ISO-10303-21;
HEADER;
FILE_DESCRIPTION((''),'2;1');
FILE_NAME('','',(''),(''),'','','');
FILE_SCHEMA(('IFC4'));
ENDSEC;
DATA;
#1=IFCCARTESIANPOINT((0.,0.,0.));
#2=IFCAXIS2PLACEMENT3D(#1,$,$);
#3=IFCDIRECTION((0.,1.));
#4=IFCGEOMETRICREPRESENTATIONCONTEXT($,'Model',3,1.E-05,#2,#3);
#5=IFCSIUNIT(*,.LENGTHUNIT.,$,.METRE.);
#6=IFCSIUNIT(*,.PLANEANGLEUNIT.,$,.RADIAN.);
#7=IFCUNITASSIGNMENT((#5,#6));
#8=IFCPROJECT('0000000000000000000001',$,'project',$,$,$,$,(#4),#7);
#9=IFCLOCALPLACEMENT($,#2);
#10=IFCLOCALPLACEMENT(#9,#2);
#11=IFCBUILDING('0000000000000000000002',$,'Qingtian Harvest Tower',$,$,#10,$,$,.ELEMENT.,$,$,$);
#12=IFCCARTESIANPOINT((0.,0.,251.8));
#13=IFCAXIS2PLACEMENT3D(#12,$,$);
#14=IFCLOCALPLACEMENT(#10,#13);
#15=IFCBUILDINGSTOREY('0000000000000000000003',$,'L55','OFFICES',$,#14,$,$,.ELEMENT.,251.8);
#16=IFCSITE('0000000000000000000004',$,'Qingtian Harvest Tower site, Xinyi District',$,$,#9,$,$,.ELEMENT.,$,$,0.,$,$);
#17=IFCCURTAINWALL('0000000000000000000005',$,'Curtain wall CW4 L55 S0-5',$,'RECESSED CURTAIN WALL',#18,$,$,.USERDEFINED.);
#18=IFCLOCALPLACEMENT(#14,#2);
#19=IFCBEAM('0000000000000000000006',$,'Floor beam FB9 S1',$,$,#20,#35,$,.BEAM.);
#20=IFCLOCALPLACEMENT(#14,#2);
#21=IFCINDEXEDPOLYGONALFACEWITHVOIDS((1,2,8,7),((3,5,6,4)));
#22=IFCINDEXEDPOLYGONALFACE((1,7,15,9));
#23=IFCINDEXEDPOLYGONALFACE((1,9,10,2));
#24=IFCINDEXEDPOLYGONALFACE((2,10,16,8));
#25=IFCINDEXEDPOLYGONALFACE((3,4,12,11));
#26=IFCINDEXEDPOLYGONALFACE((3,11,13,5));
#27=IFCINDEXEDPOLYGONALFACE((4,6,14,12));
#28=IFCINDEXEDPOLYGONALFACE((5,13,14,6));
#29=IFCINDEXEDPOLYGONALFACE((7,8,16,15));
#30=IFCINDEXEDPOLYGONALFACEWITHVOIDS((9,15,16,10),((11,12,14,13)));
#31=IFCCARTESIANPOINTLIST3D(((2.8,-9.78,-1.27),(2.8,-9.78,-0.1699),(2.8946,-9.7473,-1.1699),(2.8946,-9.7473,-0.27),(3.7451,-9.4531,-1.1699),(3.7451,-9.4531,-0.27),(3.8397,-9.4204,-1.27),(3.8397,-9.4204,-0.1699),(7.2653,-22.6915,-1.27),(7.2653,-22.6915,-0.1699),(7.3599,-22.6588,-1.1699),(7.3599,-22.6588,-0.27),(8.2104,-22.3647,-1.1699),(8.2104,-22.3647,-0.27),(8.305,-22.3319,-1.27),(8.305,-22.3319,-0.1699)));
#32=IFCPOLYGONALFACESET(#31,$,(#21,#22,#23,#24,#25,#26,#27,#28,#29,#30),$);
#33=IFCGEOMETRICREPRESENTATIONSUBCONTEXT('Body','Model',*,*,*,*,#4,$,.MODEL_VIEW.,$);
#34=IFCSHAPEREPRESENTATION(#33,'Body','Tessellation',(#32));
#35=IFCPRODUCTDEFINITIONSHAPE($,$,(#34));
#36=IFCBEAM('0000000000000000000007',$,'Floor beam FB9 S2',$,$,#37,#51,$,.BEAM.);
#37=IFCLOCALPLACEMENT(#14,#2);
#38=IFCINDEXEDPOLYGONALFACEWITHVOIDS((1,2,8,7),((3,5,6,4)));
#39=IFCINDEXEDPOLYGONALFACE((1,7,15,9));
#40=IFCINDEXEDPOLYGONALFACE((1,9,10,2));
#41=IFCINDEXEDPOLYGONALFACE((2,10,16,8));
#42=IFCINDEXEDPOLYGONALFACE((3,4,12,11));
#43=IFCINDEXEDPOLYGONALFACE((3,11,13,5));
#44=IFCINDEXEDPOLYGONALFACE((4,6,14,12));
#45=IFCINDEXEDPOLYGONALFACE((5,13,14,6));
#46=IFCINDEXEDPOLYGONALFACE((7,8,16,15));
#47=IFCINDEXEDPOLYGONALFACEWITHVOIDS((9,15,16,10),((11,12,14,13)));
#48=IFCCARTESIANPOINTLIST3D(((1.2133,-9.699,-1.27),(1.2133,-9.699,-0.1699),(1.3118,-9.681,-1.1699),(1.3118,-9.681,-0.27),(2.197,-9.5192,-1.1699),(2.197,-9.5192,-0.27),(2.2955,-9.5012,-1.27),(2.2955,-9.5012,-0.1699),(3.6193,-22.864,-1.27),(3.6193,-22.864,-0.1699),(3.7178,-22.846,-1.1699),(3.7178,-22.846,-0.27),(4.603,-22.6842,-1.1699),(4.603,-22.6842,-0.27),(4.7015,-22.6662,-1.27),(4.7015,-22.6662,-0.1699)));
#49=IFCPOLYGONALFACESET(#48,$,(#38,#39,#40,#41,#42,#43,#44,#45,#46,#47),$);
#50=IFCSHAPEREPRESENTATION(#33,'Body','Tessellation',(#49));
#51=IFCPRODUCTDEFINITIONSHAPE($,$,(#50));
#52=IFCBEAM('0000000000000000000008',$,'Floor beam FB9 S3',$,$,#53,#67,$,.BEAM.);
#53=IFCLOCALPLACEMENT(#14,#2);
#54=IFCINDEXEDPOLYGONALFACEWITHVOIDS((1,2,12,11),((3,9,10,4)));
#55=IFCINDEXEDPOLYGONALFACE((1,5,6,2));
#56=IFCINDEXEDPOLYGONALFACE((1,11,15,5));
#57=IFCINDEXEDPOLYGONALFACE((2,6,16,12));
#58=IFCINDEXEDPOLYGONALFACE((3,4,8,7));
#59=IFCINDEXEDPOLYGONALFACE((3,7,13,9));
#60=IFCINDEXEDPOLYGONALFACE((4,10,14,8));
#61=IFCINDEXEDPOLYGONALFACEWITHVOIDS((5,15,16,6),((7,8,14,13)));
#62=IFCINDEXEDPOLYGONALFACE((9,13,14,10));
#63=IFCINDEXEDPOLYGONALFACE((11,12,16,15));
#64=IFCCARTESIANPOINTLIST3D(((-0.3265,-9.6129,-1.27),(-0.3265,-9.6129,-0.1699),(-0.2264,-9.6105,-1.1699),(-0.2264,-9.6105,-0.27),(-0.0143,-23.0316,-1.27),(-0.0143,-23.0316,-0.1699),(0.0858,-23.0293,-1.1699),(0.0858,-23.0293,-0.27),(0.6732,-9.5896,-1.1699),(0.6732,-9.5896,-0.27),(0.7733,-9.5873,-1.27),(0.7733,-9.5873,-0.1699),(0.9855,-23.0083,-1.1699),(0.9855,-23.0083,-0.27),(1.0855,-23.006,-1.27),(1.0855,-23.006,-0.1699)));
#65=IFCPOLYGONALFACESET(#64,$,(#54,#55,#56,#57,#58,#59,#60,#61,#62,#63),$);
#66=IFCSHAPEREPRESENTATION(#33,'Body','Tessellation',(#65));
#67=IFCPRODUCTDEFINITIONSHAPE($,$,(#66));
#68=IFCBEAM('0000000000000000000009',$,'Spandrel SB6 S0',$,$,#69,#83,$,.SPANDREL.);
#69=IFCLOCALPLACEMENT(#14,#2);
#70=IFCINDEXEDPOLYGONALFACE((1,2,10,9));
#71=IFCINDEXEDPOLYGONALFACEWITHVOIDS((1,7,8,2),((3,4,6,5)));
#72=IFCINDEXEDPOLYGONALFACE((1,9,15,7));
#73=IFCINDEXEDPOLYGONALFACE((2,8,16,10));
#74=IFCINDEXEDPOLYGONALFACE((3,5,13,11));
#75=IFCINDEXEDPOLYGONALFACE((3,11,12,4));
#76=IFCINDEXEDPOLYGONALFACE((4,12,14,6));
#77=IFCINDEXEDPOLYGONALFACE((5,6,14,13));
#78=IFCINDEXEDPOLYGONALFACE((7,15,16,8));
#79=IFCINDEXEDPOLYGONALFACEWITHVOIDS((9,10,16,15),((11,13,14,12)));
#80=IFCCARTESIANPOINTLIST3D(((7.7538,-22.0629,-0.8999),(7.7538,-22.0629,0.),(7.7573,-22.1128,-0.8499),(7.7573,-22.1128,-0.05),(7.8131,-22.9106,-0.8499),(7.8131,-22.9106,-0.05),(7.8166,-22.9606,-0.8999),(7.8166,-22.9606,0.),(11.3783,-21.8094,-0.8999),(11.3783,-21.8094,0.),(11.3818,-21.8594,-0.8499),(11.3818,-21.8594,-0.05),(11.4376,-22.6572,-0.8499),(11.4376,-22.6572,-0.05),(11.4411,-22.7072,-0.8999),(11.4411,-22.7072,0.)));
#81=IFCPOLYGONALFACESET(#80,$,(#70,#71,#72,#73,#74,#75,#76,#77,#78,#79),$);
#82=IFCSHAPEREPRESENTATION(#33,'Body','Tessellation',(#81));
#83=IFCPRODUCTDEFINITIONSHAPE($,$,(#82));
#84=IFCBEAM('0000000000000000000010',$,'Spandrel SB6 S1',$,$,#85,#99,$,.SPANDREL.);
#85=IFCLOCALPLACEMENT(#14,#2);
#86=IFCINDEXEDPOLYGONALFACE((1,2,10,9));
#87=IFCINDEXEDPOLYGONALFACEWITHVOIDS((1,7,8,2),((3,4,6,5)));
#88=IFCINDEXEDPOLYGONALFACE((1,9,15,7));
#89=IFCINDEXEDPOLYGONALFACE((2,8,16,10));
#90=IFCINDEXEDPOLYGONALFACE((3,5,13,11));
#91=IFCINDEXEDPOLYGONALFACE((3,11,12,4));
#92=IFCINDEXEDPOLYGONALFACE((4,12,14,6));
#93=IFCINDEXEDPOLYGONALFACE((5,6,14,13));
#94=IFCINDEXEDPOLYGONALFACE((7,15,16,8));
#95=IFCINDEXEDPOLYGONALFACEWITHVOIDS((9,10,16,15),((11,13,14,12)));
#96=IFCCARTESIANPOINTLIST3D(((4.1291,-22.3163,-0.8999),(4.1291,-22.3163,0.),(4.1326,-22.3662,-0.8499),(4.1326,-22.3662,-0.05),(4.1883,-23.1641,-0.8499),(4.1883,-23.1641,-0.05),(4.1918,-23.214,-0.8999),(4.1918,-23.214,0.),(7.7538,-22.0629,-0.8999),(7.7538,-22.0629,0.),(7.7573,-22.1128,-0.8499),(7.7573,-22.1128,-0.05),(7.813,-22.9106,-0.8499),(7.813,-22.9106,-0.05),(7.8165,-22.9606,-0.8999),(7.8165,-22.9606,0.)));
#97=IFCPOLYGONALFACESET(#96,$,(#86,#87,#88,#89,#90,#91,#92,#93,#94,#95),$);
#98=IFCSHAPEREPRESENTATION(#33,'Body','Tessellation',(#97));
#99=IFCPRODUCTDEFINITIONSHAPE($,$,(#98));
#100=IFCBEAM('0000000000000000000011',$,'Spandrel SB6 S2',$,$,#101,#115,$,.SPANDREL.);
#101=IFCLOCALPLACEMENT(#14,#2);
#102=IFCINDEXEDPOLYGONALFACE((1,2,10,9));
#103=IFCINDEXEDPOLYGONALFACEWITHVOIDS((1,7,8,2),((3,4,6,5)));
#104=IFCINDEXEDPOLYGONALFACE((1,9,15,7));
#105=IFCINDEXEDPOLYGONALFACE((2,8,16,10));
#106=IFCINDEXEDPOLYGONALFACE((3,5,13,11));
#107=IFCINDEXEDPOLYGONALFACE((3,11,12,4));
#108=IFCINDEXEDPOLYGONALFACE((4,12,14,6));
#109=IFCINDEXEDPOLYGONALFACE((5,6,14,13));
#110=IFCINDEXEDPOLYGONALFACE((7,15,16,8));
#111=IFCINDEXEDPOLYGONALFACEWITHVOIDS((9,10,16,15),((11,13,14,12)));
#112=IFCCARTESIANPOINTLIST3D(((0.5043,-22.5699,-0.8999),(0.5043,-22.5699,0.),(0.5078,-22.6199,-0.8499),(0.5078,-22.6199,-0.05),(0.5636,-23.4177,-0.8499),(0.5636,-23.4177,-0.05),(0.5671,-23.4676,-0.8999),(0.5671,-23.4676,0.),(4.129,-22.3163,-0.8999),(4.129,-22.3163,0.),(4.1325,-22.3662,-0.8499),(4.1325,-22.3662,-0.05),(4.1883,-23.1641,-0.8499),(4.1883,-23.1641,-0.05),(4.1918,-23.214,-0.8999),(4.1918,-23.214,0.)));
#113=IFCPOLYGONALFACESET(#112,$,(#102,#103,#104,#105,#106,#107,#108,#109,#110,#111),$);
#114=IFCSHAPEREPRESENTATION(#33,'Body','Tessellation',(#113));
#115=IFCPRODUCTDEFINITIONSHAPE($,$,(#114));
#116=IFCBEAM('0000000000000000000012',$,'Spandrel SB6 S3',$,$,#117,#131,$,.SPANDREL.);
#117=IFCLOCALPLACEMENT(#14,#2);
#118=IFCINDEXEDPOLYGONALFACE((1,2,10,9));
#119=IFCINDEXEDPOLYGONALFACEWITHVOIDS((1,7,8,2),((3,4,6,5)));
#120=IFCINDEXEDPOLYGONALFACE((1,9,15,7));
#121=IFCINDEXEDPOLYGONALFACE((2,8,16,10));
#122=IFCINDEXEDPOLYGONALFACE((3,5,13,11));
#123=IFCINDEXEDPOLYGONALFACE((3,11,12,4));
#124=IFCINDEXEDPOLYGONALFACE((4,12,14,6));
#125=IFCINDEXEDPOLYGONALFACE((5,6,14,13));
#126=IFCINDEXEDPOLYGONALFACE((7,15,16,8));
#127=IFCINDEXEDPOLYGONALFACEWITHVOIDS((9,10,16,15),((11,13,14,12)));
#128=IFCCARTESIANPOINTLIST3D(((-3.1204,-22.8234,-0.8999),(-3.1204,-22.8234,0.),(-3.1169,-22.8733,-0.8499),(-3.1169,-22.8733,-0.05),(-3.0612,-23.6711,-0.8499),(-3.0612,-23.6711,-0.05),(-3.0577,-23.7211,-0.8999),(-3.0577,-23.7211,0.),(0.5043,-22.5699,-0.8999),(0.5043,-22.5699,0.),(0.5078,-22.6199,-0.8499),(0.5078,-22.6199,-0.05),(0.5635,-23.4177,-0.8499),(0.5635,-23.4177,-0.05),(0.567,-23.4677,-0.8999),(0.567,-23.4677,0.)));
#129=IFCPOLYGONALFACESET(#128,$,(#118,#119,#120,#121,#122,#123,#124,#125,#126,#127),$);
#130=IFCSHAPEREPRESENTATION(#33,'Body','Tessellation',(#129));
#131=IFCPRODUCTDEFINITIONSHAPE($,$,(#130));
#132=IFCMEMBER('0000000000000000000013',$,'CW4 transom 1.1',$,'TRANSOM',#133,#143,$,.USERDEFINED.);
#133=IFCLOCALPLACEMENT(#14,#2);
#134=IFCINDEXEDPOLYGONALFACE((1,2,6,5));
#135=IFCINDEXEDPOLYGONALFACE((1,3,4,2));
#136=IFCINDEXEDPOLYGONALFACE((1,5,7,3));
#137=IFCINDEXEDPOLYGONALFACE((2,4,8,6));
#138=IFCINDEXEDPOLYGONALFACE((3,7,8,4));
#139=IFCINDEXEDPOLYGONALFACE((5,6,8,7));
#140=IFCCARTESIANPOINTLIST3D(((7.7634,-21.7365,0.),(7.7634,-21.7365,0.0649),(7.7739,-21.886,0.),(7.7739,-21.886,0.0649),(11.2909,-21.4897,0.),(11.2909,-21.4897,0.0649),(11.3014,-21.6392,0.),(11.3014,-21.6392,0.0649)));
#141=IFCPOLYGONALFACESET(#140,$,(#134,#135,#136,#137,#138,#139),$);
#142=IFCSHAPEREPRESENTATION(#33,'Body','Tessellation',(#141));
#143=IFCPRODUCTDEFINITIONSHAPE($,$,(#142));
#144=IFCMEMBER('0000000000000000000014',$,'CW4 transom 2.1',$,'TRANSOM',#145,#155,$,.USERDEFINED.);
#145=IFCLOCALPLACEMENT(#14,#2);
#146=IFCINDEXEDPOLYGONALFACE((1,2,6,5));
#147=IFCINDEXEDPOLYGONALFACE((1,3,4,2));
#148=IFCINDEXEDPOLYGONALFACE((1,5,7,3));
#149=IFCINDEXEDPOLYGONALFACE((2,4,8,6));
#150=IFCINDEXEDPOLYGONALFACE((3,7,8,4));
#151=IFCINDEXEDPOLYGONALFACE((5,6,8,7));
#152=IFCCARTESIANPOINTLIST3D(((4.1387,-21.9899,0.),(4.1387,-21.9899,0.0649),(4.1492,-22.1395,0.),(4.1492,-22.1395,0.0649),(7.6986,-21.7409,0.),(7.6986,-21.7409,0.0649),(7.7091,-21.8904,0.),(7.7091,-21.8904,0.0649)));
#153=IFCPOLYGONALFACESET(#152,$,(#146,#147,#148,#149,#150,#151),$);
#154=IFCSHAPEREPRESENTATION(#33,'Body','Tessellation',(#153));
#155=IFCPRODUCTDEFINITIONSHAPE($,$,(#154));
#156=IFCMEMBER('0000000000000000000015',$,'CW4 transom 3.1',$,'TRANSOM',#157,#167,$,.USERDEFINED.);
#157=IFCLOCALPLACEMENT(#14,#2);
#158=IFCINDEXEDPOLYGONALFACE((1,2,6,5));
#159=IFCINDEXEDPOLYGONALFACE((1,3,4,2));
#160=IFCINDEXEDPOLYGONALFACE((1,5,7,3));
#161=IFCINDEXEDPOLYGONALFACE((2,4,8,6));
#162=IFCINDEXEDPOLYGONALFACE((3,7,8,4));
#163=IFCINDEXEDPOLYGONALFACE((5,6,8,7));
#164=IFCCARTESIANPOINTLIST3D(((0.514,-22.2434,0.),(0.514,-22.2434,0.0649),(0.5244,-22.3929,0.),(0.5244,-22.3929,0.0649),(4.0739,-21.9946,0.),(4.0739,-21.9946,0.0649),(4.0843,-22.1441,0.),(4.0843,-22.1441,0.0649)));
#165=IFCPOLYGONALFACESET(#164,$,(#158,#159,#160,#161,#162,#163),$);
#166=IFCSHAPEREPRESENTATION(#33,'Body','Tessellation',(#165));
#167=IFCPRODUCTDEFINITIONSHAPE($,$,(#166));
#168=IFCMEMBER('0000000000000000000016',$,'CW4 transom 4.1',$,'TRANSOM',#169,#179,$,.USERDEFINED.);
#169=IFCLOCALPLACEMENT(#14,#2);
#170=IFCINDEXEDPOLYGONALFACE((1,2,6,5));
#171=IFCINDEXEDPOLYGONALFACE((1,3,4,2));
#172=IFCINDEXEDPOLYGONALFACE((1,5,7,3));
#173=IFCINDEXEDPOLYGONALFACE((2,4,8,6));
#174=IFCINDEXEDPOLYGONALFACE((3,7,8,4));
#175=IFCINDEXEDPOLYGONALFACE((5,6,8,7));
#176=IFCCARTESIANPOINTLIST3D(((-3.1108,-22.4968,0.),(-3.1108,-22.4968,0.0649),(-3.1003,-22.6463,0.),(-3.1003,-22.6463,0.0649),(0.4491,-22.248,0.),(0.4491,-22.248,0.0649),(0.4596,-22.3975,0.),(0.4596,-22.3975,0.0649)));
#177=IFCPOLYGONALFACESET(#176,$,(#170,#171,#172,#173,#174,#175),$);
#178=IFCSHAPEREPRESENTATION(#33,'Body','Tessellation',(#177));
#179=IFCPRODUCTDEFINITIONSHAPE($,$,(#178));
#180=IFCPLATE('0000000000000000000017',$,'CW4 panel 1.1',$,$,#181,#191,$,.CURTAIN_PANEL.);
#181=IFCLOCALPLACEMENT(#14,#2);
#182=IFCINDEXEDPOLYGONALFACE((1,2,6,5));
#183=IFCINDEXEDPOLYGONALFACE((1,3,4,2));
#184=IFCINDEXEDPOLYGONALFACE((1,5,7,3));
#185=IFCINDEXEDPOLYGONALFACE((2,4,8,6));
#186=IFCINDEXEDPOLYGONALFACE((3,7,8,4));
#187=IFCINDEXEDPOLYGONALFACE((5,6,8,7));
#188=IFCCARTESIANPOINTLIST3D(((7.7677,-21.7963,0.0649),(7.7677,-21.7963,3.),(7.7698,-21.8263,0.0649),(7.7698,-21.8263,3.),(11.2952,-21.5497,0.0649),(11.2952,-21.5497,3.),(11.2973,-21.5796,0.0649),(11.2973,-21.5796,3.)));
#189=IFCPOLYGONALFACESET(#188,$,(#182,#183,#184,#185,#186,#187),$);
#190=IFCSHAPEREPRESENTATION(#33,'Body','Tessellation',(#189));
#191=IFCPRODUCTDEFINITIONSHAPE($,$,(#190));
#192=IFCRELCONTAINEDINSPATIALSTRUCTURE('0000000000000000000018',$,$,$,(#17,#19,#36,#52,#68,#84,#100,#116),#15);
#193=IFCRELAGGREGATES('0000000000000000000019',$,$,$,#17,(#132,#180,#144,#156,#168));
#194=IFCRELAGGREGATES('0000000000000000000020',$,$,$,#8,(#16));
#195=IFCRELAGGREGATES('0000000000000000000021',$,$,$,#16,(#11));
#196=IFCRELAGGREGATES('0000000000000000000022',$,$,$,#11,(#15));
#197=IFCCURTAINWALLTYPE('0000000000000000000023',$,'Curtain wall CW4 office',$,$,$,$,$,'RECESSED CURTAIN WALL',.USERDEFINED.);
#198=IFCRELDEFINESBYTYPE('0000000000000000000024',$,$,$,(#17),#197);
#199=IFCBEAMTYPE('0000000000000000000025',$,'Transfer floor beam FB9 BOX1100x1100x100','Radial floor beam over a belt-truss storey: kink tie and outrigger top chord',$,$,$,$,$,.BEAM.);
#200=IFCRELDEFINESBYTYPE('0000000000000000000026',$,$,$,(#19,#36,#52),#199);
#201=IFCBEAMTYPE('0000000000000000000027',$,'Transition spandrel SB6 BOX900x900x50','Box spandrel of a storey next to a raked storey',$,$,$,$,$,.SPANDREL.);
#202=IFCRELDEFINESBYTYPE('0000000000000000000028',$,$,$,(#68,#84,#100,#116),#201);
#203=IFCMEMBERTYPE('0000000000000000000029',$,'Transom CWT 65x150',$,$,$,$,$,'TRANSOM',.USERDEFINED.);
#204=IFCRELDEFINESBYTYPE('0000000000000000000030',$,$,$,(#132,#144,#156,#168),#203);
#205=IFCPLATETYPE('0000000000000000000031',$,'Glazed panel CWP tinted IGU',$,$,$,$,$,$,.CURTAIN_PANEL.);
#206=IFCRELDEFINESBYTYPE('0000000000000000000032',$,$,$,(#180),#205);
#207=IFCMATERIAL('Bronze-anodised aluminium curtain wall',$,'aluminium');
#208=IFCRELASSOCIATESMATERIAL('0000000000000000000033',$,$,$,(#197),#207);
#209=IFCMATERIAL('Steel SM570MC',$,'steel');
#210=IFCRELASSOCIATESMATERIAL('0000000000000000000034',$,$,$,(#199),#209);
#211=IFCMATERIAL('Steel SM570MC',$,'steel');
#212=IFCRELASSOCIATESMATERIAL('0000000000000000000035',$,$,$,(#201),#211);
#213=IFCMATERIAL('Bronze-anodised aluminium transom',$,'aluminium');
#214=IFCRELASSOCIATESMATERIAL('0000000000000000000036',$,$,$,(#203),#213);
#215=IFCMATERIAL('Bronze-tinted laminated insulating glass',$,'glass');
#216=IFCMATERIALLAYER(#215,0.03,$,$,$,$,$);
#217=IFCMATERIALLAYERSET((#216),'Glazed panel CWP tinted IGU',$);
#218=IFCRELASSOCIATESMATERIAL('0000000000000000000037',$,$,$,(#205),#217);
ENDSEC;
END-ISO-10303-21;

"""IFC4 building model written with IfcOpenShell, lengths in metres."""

from ifc_helpers import new_model, si_unit, direction, frame, origin, origin_2d, place, context, subcontext, project, spatial, rectangle, hollow_rectangle, extrude, material, layer, layer_set, material_profile, profile_set, type_object, element, aggregate, save


model = new_model("IFC4")

# Units and contexts
model_context = context("Model", 3, precision=1e-05, world=origin(), true_north=direction((0.0, 1.0)))
body_context = subcontext(model_context, "Body", "Model", "MODEL_VIEW")
ifc_project = project(units=[si_unit("LENGTHUNIT", "METRE"), si_unit("PLANEANGLEUNIT", "RADIAN")], contexts=[model_context])

# Site, building, storey
site_placement = place(None, origin())
site = spatial("IfcSite", under=ifc_project, at=site_placement, Name="Qingtian Harvest Tower site, Xinyi District", CompositionType="ELEMENT", RefElevation=0.0)
building_placement = place(site_placement, origin())
building = spatial("IfcBuilding", under=site, at=building_placement, Name="Qingtian Harvest Tower", CompositionType="ELEMENT")
storey_placement = place(building_placement, frame((0.0, 0.0, 251.8)))
storey = spatial("IfcBuildingStorey", under=building, at=storey_placement, Name="L55", Description="OFFICES", CompositionType="ELEMENT", Elevation=251.8)

# Shared definitions
ifc_material_1 = material(Name="Bronze-anodised aluminium curtain wall", Category="aluminium")
curtain_wall_type = type_object("IfcCurtainWallType", Name="Curtain wall CW4 office", ElementType="RECESSED CURTAIN WALL", PredefinedType="USERDEFINED", material=ifc_material_1)

# Curtain wall
curtain_wall_1_placement = place(storey_placement, origin())
curtain_wall_1 = element("IfcCurtainWall", 1, at=curtain_wall_1_placement, inside=storey, type_object=curtain_wall_type, Name="Curtain wall CW4 L55 S0-5", ObjectType="RECESSED CURTAIN WALL", PredefinedType="USERDEFINED")

# Beams
ifc_material_2 = material(Name="Steel SM570MC", Category="steel")
ifc_material_profile_1 = material_profile(ifc_material_2, hollow_rectangle(XDim=1.1001, YDim=1.1001, WallThickness=0.1001, at=origin_2d()), Name="BOX1100x1100x100")
ifc_profile_set_1 = profile_set([ifc_material_profile_1], Name="Steel SM570MC")
beam_type_1 = type_object("IfcBeamType", Name="Transfer floor beam FB9 BOX1100x1100x100", Description="Radial floor beam over a belt-truss storey: kink tie and outrigger top chord", PredefinedType="BEAM", material=ifc_profile_set_1)
beam_1_placement = place(storey_placement, frame((7.7852, -22.5117, -0.72), z_axis=(-0.326844, 0.945078, 0.0), x_axis=(-0.945078, -0.326844, 0.0)))
element("IfcBeam", 2, at=beam_1_placement, inside=storey, type_object=beam_type_1, Name="Floor beam FB9 S1", PredefinedType="BEAM", context=body_context, shape_type="SweptSolid", body=[
    extrude(hollow_rectangle(XDim=1.1001, YDim=1.1001, WallThickness=0.1001, at=origin_2d()), origin(), (0.0, 0.0, 1.0), 13.6619),
])
beam_2_placement = place(storey_placement, frame((4.1604, -22.7651, -0.72), z_axis=(-0.17978, 0.983707, 0.0), x_axis=(-0.983707, -0.17978, 0.0)))
element("IfcBeam", 3, at=beam_2_placement, inside=storey, type_object=beam_type_1, Name="Floor beam FB9 S2", PredefinedType="BEAM", context=body_context, shape_type="SweptSolid", body=[
    extrude(hollow_rectangle(XDim=1.1001, YDim=1.1001, WallThickness=0.1001, at=origin_2d()), origin(), (0.0, 0.0, 1.0), 13.3831),
])
beam_3_placement = place(storey_placement, frame((0.5356, -23.0188, -0.72), z_axis=(-0.023264, 0.999729, 0.0), x_axis=(-0.999729, -0.023264, 0.0)))
element("IfcBeam", 4, at=beam_3_placement, inside=storey, type_object=beam_type_1, Name="Floor beam FB9 S3", PredefinedType="BEAM", context=body_context, shape_type="SweptSolid", body=[
    extrude(hollow_rectangle(XDim=1.1001, YDim=1.1001, WallThickness=0.1001, at=origin_2d()), origin(), (0.0, 0.0, 1.0), 13.4224),
])
ifc_material_3 = material(Name="Steel SM570MC", Category="steel")
ifc_material_profile_2 = material_profile(ifc_material_3, hollow_rectangle(XDim=0.8999, YDim=0.8999, WallThickness=0.05, at=origin_2d()), Name="BOX900x900x50")
ifc_profile_set_2 = profile_set([ifc_material_profile_2], Name="Steel SM570MC")
beam_type_2 = type_object("IfcBeamType", Name="Transition spandrel SB6 BOX900x900x50", Description="Box spandrel of a storey next to a raked storey", PredefinedType="SPANDREL", material=ifc_profile_set_2)
beam_4_placement = place(storey_placement, frame((11.4097, -22.2583, -0.45), z_axis=(-0.997565, -0.069748, 0.0), x_axis=(0.069748, -0.997565, 0.0)))
element("IfcBeam", 5, at=beam_4_placement, inside=storey, type_object=beam_type_2, Name="Spandrel SB6 S0", PredefinedType="SPANDREL", context=body_context, shape_type="SweptSolid", body=[
    extrude(hollow_rectangle(XDim=0.8999, YDim=0.8999, WallThickness=0.05, at=origin_2d()), origin(), (0.0, 0.0, 1.0), 3.6333),
])
for number, where, z_axis, x_axis, name in (
    (6, (7.7852, -22.5117, -0.45), (-0.997565, -0.069743, 0.0), (0.069743, -0.997565, 0.0), "Spandrel SB6 S1"),
    (7, (4.1604, -22.7651, -0.45), (-0.99756, -0.06981, 0.0), (0.06981, -0.99756, 0.0), "Spandrel SB6 S2"),
    (8, (0.5356, -23.0188, -0.45), (-0.997565, -0.069743, 0.0), (0.069743, -0.997565, 0.0), "Spandrel SB6 S3"),
):
    element("IfcBeam", number, at=place(storey_placement, frame(where, z_axis=z_axis, x_axis=x_axis)), inside=storey, type_object=beam_type_2, Name=name, PredefinedType="SPANDREL", context=body_context, shape_type="SweptSolid", body=[
        extrude(hollow_rectangle(XDim=0.8999, YDim=0.8999, WallThickness=0.05, at=origin_2d()), origin(), (0.0, 0.0, 1.0), 3.6335),
    ])

# Members
ifc_material_4 = material(Name="Bronze-anodised aluminium transom", Category="aluminium")
ifc_material_profile_3 = material_profile(ifc_material_4, rectangle(XDim=0.1499, YDim=0.0649, at=origin_2d()), Name="AL 65x150")
ifc_profile_set_3 = profile_set([ifc_material_profile_3], Name="Bronze-anodised aluminium transom")
member_type_1 = type_object("IfcMemberType", Name="Transom CWT 65x150", ElementType="TRANSOM", PredefinedType="USERDEFINED", material=ifc_profile_set_3)
member_1_placement = place(storey_placement, frame((11.2961, -21.5645, 0.0325), z_axis=(-0.997561, -0.0698, 0.0), x_axis=(0.0698, -0.997561, 0.0)))
member_1 = element("IfcMember", 9, at=member_1_placement, type_object=member_type_1, Name="CW4 transom 1.1", ObjectType="TRANSOM", PredefinedType="USERDEFINED", context=body_context, shape_type="SweptSolid", body=[
    extrude(rectangle(XDim=0.1499, YDim=0.0649, at=origin_2d()), origin(), (0.0, 0.0, 1.0), 3.5361),
])
member_2_placement = place(storey_placement, frame((7.7039, -21.8157, 0.0325), z_axis=(-0.997562, -0.069784, 0.0), x_axis=(0.069784, -0.997562, 0.0)))
member_2 = element("IfcMember", 10, at=member_2_placement, type_object=member_type_1, Name="CW4 transom 2.1", ObjectType="TRANSOM", PredefinedType="USERDEFINED", context=body_context, shape_type="SweptSolid", body=[
    extrude(rectangle(XDim=0.1499, YDim=0.0649, at=origin_2d()), origin(), (0.0, 0.0, 1.0), 3.5686),
])
member_3_placement = place(storey_placement, frame((4.0791, -22.0693, 0.0325), z_axis=(-0.997567, -0.069715, 0.0), x_axis=(0.069715, -0.997567, 0.0)))
member_3 = element("IfcMember", 11, at=member_3_placement, type_object=member_type_1, Name="CW4 transom 3.1", ObjectType="TRANSOM", PredefinedType="USERDEFINED", context=body_context, shape_type="SweptSolid", body=[
    extrude(rectangle(XDim=0.1499, YDim=0.0649, at=origin_2d()), origin(), (0.0, 0.0, 1.0), 3.5686),
])
member_4_placement = place(storey_placement, frame((0.4543, -22.3228, 0.0325), z_axis=(-0.997567, -0.069715, 0.0), x_axis=(0.069715, -0.997567, 0.0)))
member_4 = element("IfcMember", 12, at=member_4_placement, type_object=member_type_1, Name="CW4 transom 4.1", ObjectType="TRANSOM", PredefinedType="USERDEFINED", context=body_context, shape_type="SweptSolid", body=[
    extrude(rectangle(XDim=0.1499, YDim=0.0649, at=origin_2d()), origin(), (0.0, 0.0, 1.0), 3.5686),
])

# Plate
ifc_material_5 = material(Name="Bronze-tinted laminated insulating glass", Category="glass")
ifc_layer_1 = layer(ifc_material_5, 0.03)
ifc_layer_set_1 = layer_set([ifc_layer_1], Name="Glazed panel CWP tinted IGU")
plate_type = type_object("IfcPlateType", Name="Glazed panel CWP tinted IGU", PredefinedType="CURTAIN_PANEL", material=ifc_layer_set_1)
plate_1_placement = place(storey_placement, frame((9.5325, -21.688, 0.0649), z_axis=(0.0, 0.0, 1.0), x_axis=(-0.997564, -0.069756, 0.0)))
plate_1 = element("IfcPlate", 13, at=plate_1_placement, type_object=plate_type, Name="CW4 panel 1.1", PredefinedType="CURTAIN_PANEL", context=body_context, shape_type="SweptSolid", body=[
    extrude(rectangle(XDim=3.5361, YDim=0.03, at=origin_2d()), origin(), (0.0, 0.0, 1.0), 2.9351),
])
aggregate(curtain_wall_1, [member_1, plate_1, member_2, member_3, member_4])

save(model, "model.ifc")
